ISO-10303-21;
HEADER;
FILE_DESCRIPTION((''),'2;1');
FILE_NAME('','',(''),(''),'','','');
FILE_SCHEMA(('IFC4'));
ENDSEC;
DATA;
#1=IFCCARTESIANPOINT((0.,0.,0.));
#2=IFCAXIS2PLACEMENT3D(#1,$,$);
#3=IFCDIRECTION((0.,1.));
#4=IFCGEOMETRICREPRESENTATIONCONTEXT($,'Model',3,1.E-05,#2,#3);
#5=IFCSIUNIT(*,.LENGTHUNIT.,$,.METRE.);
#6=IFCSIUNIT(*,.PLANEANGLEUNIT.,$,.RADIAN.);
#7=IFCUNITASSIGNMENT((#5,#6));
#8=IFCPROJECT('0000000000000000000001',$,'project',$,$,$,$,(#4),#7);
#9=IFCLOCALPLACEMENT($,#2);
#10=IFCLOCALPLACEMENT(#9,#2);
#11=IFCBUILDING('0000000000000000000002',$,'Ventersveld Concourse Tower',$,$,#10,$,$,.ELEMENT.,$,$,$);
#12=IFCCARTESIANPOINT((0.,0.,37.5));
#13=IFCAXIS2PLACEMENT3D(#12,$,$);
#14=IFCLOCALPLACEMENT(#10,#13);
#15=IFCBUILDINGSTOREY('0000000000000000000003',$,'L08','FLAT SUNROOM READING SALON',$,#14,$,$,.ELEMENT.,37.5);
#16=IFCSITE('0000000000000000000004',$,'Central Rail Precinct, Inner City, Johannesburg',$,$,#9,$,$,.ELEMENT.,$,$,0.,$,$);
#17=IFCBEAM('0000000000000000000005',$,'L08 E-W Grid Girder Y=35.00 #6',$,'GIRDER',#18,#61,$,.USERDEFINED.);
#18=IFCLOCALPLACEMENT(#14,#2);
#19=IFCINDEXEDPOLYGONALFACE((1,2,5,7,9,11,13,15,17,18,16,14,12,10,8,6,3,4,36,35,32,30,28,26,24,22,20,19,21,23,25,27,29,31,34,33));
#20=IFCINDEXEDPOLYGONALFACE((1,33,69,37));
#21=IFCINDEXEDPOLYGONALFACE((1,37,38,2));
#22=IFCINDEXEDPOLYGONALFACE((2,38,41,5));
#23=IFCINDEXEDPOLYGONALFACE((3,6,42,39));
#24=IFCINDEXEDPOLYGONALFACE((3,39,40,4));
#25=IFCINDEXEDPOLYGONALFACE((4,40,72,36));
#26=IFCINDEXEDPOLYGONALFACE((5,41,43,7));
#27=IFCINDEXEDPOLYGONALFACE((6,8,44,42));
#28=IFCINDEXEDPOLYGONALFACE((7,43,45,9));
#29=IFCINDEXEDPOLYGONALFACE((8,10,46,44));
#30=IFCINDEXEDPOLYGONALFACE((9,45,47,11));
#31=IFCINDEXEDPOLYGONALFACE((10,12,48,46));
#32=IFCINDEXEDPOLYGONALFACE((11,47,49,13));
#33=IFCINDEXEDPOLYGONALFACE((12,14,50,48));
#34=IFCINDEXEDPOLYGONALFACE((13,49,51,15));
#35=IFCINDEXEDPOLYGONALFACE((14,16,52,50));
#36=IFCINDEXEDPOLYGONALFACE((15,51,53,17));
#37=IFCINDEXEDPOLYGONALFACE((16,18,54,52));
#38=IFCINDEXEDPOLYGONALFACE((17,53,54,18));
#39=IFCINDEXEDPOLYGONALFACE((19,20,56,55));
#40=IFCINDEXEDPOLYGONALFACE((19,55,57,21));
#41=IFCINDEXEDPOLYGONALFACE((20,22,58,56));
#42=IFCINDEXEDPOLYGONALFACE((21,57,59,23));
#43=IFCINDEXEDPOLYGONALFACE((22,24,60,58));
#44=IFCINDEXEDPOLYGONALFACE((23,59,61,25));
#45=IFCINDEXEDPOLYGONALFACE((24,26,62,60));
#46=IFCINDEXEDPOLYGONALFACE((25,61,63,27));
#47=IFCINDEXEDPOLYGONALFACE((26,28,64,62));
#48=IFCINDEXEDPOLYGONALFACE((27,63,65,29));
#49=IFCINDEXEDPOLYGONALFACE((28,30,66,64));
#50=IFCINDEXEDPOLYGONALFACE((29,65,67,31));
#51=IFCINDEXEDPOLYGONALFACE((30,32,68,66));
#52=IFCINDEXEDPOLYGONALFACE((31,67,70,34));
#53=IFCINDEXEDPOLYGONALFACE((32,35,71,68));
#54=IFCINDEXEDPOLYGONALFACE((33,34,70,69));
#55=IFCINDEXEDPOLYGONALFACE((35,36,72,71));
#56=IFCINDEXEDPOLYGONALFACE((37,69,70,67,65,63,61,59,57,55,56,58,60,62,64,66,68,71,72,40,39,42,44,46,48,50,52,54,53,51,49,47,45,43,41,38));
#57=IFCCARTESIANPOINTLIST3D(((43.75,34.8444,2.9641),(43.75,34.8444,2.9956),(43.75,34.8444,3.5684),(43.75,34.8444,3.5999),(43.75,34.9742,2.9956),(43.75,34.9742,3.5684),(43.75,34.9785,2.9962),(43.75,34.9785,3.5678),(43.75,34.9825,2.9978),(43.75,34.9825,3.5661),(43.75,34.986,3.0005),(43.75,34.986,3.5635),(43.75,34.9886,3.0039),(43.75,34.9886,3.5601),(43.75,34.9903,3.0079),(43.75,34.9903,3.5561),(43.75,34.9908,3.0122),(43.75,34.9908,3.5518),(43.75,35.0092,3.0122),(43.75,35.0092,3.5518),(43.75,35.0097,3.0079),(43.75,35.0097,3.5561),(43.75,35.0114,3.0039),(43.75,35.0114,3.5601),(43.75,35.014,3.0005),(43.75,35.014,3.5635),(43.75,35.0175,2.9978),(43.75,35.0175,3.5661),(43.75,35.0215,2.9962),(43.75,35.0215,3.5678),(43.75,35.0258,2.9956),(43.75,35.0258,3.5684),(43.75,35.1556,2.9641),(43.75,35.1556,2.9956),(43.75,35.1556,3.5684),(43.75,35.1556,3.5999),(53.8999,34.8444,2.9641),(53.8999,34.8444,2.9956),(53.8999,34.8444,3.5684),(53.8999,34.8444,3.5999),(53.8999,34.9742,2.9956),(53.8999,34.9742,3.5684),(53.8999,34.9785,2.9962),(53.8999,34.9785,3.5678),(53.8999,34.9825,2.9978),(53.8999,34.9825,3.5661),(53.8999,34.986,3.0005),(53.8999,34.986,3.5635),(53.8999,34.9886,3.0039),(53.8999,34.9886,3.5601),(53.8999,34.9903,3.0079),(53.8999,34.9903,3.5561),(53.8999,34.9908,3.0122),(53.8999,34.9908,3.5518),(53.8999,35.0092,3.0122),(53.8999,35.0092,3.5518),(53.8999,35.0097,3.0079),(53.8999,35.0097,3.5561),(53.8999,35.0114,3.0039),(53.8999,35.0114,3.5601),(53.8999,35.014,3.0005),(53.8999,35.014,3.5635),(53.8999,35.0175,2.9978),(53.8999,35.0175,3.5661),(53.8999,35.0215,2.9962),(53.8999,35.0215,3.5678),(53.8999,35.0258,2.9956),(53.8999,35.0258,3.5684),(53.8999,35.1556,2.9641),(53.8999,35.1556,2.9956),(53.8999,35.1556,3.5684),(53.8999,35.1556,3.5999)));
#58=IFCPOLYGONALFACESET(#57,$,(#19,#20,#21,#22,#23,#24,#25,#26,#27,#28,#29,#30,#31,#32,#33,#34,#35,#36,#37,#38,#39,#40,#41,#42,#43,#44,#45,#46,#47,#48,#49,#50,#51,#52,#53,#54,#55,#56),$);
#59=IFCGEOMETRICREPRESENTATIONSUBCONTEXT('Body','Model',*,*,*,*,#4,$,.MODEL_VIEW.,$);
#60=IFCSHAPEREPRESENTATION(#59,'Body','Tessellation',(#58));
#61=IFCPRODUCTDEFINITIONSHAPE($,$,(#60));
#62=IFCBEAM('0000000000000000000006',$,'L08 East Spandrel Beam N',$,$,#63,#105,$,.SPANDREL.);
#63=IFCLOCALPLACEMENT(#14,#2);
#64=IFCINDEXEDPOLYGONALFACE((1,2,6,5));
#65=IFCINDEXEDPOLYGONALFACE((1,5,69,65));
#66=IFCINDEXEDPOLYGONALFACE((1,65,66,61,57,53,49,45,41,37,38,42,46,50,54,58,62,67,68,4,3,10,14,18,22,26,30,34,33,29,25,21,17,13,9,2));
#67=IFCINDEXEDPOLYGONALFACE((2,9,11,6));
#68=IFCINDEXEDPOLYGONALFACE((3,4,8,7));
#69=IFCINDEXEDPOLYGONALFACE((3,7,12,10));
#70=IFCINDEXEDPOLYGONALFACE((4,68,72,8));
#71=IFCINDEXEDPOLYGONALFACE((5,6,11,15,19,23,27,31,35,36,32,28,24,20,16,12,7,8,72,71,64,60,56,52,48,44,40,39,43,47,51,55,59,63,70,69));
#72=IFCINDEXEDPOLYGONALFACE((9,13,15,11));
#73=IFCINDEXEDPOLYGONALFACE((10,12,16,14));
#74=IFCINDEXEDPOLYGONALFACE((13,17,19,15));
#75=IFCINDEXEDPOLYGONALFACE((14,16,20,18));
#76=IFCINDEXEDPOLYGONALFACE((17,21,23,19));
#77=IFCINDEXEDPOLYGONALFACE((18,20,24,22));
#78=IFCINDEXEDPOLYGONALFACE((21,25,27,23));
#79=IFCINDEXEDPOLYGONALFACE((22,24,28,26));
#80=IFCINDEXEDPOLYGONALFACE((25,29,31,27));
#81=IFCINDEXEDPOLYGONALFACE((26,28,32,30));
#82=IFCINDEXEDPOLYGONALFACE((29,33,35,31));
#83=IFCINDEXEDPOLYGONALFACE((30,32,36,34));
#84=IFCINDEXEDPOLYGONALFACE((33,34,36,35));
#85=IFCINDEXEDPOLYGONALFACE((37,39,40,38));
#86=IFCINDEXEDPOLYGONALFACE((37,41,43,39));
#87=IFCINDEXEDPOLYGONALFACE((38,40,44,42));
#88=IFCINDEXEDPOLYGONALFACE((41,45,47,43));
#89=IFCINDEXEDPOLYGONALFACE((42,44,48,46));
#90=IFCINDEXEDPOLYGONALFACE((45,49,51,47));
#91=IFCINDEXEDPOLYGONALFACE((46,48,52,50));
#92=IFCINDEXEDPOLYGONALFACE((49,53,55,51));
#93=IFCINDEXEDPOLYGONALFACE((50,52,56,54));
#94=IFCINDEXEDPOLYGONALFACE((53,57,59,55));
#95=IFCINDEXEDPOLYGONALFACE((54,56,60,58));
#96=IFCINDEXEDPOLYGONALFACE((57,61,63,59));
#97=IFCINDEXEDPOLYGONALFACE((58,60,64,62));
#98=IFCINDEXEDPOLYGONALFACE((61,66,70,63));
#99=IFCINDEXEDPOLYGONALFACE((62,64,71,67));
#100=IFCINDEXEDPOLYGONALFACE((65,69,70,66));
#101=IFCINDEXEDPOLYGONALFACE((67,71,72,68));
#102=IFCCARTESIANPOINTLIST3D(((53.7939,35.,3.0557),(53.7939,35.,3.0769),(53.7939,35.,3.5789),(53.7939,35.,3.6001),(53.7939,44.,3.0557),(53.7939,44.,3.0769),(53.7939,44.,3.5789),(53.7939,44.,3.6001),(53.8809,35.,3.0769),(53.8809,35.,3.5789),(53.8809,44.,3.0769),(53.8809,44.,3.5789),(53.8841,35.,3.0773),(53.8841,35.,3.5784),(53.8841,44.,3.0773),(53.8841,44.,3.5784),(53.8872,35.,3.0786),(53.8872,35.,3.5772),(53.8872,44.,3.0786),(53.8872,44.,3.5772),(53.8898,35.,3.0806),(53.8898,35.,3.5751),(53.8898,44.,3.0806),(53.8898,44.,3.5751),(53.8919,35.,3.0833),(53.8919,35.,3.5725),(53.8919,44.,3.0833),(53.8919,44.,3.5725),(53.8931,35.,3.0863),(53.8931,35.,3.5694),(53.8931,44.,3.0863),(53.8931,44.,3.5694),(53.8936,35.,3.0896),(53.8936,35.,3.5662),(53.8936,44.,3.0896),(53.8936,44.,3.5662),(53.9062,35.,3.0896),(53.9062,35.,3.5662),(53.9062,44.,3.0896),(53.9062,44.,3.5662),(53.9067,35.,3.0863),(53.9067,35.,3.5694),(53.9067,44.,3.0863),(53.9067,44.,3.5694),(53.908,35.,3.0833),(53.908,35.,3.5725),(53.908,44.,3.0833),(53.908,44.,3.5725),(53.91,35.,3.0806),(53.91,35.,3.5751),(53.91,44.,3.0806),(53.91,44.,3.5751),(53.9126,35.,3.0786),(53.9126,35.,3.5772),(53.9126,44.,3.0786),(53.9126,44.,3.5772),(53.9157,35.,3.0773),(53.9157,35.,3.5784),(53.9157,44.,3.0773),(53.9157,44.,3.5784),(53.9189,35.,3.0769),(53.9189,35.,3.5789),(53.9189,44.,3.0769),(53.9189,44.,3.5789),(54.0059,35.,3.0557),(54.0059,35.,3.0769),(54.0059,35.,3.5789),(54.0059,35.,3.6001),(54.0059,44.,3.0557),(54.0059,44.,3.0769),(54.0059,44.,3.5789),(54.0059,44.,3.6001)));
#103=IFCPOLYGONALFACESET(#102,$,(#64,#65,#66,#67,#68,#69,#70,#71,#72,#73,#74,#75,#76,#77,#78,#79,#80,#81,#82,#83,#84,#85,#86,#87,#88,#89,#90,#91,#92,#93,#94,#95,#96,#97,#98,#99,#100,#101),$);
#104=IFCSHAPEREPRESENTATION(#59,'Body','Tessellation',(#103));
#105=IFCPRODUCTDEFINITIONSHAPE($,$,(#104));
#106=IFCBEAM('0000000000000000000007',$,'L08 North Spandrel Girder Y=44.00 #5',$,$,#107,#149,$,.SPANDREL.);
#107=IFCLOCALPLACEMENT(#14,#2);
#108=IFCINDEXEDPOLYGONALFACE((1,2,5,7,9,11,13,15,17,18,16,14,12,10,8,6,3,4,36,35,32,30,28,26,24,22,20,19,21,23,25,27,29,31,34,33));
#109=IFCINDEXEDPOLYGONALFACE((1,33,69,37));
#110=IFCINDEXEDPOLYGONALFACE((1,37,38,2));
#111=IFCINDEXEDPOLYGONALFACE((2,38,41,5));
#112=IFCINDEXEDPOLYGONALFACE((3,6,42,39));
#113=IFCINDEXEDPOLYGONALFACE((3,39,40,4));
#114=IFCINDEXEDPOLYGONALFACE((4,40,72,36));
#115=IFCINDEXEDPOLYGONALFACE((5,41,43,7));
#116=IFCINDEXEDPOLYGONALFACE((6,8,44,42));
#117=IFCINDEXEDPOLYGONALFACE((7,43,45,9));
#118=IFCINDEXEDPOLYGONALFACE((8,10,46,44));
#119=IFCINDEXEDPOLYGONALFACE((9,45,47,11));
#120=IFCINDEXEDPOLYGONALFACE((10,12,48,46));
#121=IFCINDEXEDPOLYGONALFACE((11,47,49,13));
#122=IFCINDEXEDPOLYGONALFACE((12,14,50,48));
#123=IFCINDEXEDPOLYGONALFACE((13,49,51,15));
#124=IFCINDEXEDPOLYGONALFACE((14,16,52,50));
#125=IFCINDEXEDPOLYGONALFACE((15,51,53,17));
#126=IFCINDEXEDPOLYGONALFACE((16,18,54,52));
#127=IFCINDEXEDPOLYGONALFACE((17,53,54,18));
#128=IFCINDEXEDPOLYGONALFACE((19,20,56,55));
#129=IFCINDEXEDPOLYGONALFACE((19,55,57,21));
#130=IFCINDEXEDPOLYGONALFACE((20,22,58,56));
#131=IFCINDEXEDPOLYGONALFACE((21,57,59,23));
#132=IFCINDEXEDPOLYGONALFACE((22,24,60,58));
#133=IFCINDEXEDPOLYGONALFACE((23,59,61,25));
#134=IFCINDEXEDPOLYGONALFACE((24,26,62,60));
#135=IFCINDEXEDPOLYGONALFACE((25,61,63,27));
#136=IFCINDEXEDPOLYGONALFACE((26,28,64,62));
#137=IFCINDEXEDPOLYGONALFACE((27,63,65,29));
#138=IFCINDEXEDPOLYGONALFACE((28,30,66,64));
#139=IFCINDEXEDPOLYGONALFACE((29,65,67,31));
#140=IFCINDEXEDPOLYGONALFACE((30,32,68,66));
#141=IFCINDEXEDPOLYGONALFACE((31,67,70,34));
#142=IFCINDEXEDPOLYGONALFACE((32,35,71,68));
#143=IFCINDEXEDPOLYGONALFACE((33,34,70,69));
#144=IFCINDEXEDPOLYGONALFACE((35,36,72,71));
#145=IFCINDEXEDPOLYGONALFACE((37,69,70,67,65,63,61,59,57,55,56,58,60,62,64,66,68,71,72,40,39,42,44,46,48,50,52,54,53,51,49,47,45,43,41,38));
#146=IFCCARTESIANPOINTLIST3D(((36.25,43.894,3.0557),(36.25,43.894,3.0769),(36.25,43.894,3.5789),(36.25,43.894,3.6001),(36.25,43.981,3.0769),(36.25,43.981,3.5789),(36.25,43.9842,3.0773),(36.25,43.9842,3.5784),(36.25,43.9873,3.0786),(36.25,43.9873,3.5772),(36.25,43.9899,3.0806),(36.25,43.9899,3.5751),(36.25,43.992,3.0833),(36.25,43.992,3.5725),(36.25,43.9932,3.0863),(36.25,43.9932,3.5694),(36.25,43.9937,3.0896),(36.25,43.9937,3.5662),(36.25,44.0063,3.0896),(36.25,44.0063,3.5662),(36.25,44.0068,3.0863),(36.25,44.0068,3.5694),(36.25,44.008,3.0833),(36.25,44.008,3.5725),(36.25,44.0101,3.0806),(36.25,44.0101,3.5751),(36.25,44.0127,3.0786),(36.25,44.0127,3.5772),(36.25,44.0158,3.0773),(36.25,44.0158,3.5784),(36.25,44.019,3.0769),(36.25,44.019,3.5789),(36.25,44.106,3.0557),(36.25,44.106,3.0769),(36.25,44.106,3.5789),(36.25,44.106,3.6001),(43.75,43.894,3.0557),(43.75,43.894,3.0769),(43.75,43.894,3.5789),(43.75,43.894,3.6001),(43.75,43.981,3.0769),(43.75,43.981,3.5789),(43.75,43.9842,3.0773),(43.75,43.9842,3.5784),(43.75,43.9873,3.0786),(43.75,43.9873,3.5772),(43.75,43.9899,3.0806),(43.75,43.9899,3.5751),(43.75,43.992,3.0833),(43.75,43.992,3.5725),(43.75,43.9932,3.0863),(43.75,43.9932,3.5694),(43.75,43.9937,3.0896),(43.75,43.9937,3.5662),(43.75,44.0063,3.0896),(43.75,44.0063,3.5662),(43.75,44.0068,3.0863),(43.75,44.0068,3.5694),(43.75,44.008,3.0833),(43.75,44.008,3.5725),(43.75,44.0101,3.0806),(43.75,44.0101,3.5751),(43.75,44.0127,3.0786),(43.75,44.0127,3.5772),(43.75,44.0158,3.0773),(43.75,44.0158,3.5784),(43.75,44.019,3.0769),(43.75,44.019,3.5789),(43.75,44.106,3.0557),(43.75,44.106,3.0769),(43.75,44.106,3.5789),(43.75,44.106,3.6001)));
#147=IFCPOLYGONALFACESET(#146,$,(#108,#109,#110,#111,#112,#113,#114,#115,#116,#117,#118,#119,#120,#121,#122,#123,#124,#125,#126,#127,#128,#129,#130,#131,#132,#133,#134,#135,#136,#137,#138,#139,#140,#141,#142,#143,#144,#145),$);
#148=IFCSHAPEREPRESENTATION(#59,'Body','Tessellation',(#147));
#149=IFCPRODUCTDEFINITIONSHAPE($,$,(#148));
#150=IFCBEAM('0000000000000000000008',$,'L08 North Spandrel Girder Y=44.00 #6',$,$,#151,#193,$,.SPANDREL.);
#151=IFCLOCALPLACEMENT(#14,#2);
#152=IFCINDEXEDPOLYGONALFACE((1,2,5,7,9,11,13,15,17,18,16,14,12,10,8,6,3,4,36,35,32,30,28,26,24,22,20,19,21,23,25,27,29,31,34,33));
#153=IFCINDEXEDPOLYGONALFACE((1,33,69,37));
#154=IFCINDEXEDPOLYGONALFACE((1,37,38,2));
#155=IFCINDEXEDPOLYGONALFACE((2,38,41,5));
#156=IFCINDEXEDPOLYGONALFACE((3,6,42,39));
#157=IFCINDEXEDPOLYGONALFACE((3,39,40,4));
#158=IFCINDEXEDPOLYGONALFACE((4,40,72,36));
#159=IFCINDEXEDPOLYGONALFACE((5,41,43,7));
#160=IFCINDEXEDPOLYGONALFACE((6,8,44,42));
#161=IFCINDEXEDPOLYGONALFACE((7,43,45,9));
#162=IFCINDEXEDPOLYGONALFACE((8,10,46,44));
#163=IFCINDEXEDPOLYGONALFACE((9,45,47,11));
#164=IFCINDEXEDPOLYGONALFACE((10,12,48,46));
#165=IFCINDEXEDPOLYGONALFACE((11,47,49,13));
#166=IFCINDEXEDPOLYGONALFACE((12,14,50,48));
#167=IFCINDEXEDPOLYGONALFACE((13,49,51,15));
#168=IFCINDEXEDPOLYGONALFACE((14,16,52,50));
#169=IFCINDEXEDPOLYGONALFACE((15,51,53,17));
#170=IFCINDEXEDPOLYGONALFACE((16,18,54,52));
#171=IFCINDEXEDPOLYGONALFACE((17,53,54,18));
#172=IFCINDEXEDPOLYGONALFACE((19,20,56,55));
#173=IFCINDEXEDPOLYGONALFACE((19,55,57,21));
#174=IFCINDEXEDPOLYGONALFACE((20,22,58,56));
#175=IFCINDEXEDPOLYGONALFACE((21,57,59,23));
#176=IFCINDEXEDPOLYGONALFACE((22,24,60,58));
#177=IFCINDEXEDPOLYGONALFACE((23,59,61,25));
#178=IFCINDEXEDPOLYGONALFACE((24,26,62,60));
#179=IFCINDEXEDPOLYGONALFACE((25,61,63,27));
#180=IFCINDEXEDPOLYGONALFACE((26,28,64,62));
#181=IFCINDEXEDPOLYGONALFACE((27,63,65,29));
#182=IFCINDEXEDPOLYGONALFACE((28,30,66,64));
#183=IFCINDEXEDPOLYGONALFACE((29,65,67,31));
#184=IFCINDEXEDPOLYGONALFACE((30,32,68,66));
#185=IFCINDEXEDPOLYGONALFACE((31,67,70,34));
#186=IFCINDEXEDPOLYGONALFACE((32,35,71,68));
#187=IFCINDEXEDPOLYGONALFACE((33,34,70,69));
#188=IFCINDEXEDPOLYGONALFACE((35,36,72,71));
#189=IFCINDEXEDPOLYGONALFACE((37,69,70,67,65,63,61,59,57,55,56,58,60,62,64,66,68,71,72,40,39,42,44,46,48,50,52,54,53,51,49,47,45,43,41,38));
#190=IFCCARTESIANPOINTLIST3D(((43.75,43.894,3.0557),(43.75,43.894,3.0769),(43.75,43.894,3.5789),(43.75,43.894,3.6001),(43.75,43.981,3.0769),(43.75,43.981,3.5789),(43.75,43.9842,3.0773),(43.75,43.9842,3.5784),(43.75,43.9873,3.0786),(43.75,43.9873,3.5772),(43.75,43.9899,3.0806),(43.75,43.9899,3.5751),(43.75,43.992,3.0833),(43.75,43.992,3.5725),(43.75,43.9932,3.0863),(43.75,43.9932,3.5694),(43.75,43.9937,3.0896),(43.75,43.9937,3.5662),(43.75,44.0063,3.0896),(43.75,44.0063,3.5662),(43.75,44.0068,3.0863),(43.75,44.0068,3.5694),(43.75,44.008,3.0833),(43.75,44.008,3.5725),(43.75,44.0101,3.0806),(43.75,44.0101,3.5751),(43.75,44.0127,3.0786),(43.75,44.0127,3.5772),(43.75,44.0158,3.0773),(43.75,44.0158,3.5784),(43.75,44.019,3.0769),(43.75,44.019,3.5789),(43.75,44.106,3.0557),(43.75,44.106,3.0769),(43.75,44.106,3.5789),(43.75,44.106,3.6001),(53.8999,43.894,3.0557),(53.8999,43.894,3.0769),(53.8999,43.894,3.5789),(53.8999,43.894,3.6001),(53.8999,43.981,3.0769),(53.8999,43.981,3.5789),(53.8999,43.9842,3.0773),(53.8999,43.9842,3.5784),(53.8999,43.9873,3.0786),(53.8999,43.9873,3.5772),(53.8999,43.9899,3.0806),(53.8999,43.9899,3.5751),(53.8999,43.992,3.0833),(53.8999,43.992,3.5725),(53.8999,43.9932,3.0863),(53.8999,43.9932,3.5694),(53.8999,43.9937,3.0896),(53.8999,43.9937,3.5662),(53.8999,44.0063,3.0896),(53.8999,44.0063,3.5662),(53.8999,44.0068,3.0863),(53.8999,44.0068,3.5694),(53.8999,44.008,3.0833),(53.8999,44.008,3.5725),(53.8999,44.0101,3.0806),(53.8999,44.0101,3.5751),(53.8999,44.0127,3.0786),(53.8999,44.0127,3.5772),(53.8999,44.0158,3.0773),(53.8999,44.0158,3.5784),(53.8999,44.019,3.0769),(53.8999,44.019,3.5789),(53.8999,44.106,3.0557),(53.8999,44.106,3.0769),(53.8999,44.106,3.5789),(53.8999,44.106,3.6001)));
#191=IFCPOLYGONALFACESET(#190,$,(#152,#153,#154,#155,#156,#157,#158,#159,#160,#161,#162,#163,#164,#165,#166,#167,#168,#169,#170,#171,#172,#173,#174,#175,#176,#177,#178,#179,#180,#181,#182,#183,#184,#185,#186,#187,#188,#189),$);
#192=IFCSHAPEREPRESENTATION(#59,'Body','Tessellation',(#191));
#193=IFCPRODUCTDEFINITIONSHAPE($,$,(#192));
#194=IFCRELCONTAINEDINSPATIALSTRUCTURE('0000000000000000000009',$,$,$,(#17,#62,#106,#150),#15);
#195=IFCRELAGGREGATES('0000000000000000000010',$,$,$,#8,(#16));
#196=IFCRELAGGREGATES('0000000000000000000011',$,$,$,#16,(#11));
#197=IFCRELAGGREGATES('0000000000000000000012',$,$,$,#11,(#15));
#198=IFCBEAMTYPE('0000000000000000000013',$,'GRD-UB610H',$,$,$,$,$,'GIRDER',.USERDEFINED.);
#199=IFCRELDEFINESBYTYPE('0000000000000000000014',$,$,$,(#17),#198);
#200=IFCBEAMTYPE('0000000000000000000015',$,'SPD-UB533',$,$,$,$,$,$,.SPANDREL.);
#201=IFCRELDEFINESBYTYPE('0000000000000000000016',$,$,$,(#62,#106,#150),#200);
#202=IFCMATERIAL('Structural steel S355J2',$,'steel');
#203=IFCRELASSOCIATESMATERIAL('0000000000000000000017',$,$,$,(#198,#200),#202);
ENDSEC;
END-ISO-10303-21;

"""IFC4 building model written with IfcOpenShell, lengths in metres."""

from ifc_helpers import new_model, si_unit, direction, frame, origin, origin_2d, place, context, subcontext, project, spatial, i_section, extrude, material, material_profile, profile_set, type_object, element, save


model = new_model("IFC4")

# Units and contexts
model_context = context("Model", 3, precision=1e-05, world=origin(), true_north=direction((0.0, 1.0)))
body_context = subcontext(model_context, "Body", "Model", "MODEL_VIEW")
ifc_project = project(units=[si_unit("LENGTHUNIT", "METRE"), si_unit("PLANEANGLEUNIT", "RADIAN")], contexts=[model_context])

# Site, building, storey
site_placement = place(None, origin())
site = spatial("IfcSite", under=ifc_project, at=site_placement, Name="Central Rail Precinct, Inner City, Johannesburg", CompositionType="ELEMENT", RefElevation=0.0)
building_placement = place(site_placement, origin())
building = spatial("IfcBuilding", under=site, at=building_placement, Name="Ventersveld Concourse Tower", CompositionType="ELEMENT")
storey_placement = place(building_placement, frame((0.0, 0.0, 37.5)))
storey = spatial("IfcBuildingStorey", under=building, at=storey_placement, Name="L08", Description="FLAT SUNROOM READING SALON", CompositionType="ELEMENT", Elevation=37.5)

# Beams
ifc_material_1 = material(Name="Structural steel S355J2", Category="steel")
ifc_material_profile_1 = material_profile(ifc_material_1, i_section(OverallWidth=0.3113, OverallDepth=0.6357, WebThickness=0.0183, FlangeThickness=0.0315, FilletRadius=0.0166, at=origin_2d()), Name="UB 610x305x238")
ifc_profile_set_1 = profile_set([ifc_material_profile_1], Name="Structural steel S355J2")
beam_type_1 = type_object("IfcBeamType", Name="GRD-UB610H", ElementType="GIRDER", PredefinedType="USERDEFINED", material=ifc_profile_set_1)
beam_1_placement = place(storey_placement, frame((43.75, 35.0, 3.282), z_axis=(1.0, 0.0, 0.0), x_axis=(0.0, 1.0, 0.0)))
element("IfcBeam", 1, at=beam_1_placement, inside=storey, type_object=beam_type_1, Name="L08 E-W Grid Girder Y=35.00 #6", ObjectType="GIRDER", PredefinedType="USERDEFINED", context=body_context, shape_type="SweptSolid", body=[
    extrude(i_section(OverallWidth=0.3113, OverallDepth=0.6357, WebThickness=0.0183, FlangeThickness=0.0315, FilletRadius=0.0166, at=origin_2d()), origin(), (0.0, 0.0, 1.0), 10.1499),
])
ifc_material_profile_2 = material_profile(ifc_material_1, i_section(OverallWidth=0.2119, OverallDepth=0.5444, WebThickness=0.0127, FlangeThickness=0.0212, FilletRadius=0.0127, at=origin_2d()), Name="UB 533x210x122")
ifc_profile_set_2 = profile_set([ifc_material_profile_2], Name="Structural steel S355J2")
beam_type_2 = type_object("IfcBeamType", Name="SPD-UB533", PredefinedType="SPANDREL", material=ifc_profile_set_2)
beam_2_placement = place(storey_placement, frame((53.8999, 35.0, 3.3279), z_axis=(0.0, 1.0, 0.0), x_axis=(-1.0, 0.0, 0.0)))
element("IfcBeam", 2, at=beam_2_placement, inside=storey, type_object=beam_type_2, Name="L08 East Spandrel Beam N", PredefinedType="SPANDREL", context=body_context, shape_type="SweptSolid", body=[
    extrude(i_section(OverallWidth=0.2119, OverallDepth=0.5444, WebThickness=0.0127, FlangeThickness=0.0212, FilletRadius=0.0127, at=origin_2d()), origin(), (0.0, 0.0, 1.0), 9.0),
])
beam_3_placement = place(storey_placement, frame((36.25, 44.0, 3.3279), z_axis=(1.0, 0.0, 0.0), x_axis=(0.0, 1.0, 0.0)))
element("IfcBeam", 3, at=beam_3_placement, inside=storey, type_object=beam_type_2, Name="L08 North Spandrel Girder Y=44.00 #5", PredefinedType="SPANDREL", context=body_context, shape_type="SweptSolid", body=[
    extrude(i_section(OverallWidth=0.2119, OverallDepth=0.5444, WebThickness=0.0127, FlangeThickness=0.0212, FilletRadius=0.0127, at=origin_2d()), origin(), (0.0, 0.0, 1.0), 7.5),
])
beam_4_placement = place(storey_placement, frame((43.75, 44.0, 3.3279), z_axis=(1.0, 0.0, 0.0), x_axis=(0.0, 1.0, 0.0)))
element("IfcBeam", 4, at=beam_4_placement, inside=storey, type_object=beam_type_2, Name="L08 North Spandrel Girder Y=44.00 #6", PredefinedType="SPANDREL", context=body_context, shape_type="SweptSolid", body=[
    extrude(i_section(OverallWidth=0.2119, OverallDepth=0.5444, WebThickness=0.0127, FlangeThickness=0.0212, FilletRadius=0.0127, at=origin_2d()), origin(), (0.0, 0.0, 1.0), 10.1499),
])

save(model, "model.ifc")
